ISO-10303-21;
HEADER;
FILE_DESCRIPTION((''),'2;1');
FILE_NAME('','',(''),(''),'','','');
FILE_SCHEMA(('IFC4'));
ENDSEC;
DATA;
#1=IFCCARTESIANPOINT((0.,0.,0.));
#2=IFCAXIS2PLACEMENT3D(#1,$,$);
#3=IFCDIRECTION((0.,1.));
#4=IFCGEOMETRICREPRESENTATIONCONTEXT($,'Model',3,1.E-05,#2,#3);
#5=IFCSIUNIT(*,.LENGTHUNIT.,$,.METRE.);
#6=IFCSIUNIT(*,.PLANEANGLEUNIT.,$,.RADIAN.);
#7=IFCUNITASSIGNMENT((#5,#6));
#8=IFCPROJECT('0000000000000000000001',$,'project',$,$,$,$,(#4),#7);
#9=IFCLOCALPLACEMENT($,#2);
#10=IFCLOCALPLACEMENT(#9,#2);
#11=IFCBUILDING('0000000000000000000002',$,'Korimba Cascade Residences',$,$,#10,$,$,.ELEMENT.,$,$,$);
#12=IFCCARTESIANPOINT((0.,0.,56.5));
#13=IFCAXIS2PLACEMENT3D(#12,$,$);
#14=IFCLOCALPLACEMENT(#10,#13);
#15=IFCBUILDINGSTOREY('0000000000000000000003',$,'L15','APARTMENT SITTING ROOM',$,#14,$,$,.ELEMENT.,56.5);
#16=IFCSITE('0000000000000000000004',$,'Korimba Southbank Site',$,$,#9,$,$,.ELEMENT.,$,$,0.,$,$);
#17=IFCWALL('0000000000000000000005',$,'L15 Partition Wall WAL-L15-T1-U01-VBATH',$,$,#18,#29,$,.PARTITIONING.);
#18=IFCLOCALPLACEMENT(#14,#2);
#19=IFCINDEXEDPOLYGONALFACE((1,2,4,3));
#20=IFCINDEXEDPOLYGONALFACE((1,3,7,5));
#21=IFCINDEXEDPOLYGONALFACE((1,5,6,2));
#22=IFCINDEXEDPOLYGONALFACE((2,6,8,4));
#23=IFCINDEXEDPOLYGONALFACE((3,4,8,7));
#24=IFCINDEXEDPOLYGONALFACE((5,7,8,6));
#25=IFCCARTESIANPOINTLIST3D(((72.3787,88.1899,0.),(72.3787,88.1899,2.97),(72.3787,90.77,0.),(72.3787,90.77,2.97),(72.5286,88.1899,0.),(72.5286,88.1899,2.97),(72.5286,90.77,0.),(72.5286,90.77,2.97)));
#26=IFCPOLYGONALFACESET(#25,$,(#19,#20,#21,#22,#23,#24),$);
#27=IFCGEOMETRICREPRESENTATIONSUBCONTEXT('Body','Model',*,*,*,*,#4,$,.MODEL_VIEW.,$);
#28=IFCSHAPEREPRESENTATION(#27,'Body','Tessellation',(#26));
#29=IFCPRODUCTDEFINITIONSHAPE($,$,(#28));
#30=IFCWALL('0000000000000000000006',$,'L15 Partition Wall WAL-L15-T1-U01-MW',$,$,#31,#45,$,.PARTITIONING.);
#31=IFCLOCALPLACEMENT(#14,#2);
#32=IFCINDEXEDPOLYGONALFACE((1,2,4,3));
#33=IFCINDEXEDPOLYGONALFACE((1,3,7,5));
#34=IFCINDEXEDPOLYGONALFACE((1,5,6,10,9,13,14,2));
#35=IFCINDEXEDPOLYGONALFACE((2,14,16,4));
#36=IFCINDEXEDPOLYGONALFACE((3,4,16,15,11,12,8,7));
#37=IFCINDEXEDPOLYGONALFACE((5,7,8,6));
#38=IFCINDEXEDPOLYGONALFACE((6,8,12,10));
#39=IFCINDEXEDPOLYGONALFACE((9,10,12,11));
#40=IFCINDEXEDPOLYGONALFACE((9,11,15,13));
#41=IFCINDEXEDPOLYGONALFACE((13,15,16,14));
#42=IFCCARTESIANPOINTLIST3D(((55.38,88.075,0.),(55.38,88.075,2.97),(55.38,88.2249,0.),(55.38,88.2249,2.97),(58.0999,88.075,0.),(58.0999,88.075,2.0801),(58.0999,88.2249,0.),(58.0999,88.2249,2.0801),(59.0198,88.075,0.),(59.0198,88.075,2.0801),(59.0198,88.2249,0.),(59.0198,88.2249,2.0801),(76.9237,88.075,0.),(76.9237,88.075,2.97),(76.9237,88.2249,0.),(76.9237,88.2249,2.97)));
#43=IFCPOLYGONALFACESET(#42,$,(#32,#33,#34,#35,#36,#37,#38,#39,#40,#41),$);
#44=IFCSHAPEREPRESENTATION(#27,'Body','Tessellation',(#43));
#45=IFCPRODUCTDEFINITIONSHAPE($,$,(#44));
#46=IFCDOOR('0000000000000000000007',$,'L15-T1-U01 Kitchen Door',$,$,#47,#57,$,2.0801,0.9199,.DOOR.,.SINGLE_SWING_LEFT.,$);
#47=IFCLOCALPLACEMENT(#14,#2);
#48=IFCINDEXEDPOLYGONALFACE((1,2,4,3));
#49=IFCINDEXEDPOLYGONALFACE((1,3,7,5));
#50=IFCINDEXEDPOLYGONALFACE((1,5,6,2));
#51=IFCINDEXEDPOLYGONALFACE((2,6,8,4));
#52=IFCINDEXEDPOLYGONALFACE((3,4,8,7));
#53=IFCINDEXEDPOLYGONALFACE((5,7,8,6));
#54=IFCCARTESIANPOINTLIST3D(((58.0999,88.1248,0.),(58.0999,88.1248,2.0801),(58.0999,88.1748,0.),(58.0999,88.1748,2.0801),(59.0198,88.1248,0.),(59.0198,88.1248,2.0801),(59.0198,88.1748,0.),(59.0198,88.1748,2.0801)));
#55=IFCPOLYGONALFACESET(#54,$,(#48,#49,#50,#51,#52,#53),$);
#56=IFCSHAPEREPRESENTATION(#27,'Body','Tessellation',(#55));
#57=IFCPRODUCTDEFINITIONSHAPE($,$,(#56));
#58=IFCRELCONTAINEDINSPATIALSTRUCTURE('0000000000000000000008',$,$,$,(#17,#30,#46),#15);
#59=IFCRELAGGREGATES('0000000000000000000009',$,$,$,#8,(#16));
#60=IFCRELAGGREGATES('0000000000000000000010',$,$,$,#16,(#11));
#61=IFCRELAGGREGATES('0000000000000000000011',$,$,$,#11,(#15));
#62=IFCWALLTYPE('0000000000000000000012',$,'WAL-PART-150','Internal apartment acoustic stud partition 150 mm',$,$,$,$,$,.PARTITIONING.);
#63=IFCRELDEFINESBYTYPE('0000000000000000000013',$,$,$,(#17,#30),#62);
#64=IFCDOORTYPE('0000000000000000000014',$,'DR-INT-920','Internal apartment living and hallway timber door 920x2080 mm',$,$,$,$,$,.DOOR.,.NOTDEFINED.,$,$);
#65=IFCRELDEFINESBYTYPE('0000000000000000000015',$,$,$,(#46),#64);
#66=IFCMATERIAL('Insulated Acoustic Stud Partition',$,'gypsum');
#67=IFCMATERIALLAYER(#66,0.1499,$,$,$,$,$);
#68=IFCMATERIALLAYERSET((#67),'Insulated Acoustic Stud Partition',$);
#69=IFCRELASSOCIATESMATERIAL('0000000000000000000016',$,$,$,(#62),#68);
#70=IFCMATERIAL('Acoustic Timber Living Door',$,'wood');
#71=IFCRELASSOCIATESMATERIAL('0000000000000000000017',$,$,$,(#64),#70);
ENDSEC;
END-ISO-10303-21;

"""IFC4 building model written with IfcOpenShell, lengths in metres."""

from ifc_helpers import new_model, si_unit, direction, frame, frame_2d, origin, place, context, subcontext, project, spatial, rectangle, extrude, material, layer, layer_set, type_object, element, fill, save


model = new_model("IFC4")

# Units and contexts
model_context = context("Model", 3, precision=1e-05, world=origin(), true_north=direction((0.0, 1.0)))
body_context = subcontext(model_context, "Body", "Model", "MODEL_VIEW")
ifc_project = project(units=[si_unit("LENGTHUNIT", "METRE"), si_unit("PLANEANGLEUNIT", "RADIAN")], contexts=[model_context])

# Site, building, storey
site_placement = place(None, origin())
site = spatial("IfcSite", under=ifc_project, at=site_placement, Name="Korimba Southbank Site", CompositionType="ELEMENT", RefElevation=0.0)
building_placement = place(site_placement, origin())
building = spatial("IfcBuilding", under=site, at=building_placement, Name="Korimba Cascade Residences", CompositionType="ELEMENT")
storey_placement = place(building_placement, frame((0.0, 0.0, 56.5)))
storey = spatial("IfcBuildingStorey", under=building, at=storey_placement, Name="L15", Description="APARTMENT SITTING ROOM", CompositionType="ELEMENT", Elevation=56.5)

# Shared definitions
ifc_material_1 = material(Name="Insulated Acoustic Stud Partition", Category="gypsum")
ifc_layer_1 = layer(ifc_material_1, 0.1499)
ifc_layer_set_1 = layer_set([ifc_layer_1], Name="Insulated Acoustic Stud Partition")
wall_type_1 = type_object("IfcWallType", Name="WAL-PART-150", Description="Internal apartment acoustic stud partition 150 mm", PredefinedType="PARTITIONING", material=ifc_layer_set_1)

# Shared definitions
ifc_material_2 = material(Name="Acoustic Timber Living Door", Category="wood")
door_type_1 = type_object("IfcDoorType", Name="DR-INT-920", Description="Internal apartment living and hallway timber door 920x2080 mm", OperationType="NOTDEFINED", PredefinedType="DOOR", material=ifc_material_2)

# Wall
wall_1_placement = place(storey_placement, frame((72.4536, 88.1899, 0.0), z_axis=(0.0, 0.0, 1.0), x_axis=(0.0, 1.0, 0.0)))
element("IfcWall", 1, at=wall_1_placement, inside=storey, type_object=wall_type_1, Name="L15 Partition Wall WAL-L15-T1-U01-VBATH", PredefinedType="PARTITIONING", context=body_context, shape_type="SweptSolid", body=[
    extrude(rectangle(XDim=2.5801, YDim=0.1499, at=frame_2d((1.29, 0.0))), origin(), (0.0, 0.0, 1.0), 2.97),
])

# Wall, opening, door
wall_2_placement = place(storey_placement, frame((55.3799, 88.1499, 0.0), z_axis=(0.0, 0.0, 1.0), x_axis=(1.0, 0.0, 0.0)))
wall_2 = element("IfcWall", 2, at=wall_2_placement, inside=storey, type_object=wall_type_1, Name="L15 Partition Wall WAL-L15-T1-U01-MW", PredefinedType="PARTITIONING", context=body_context, shape_type="SweptSolid", body=[
    extrude(rectangle(XDim=21.5437, YDim=0.1499, at=frame_2d((10.772, 0.0))), origin(), (0.0, 0.0, 1.0), 2.97),
])
opening_1_placement = place(wall_2_placement, frame((2.72, 0.0, 0.0)))
opening_1 = element("IfcOpeningElement", 3, at=opening_1_placement, cuts=wall_2, PredefinedType="OPENING", context=body_context, shape_type="SweptSolid", body=[
    extrude(rectangle(XDim=0.9199, YDim=2.0801, at=frame_2d((0.46, 1.04))), frame((0.0, 0.085, 0.0), z_axis=(0.0, -1.0, 0.0), x_axis=(1.0, 0.0, 0.0)), (0.0, 0.0, 1.0), 0.1699),
])
door_1_placement = place(opening_1_placement, origin())
door_1 = element("IfcDoor", 4, at=door_1_placement, inside=storey, type_object=door_type_1, Name="L15-T1-U01 Kitchen Door", OperationType="SINGLE_SWING_LEFT", OverallHeight=2.0801, OverallWidth=0.9199, PredefinedType="DOOR", context=body_context, shape_type="SweptSolid", body=[
    extrude(rectangle(XDim=0.9199, YDim=2.0801, at=frame_2d((0.46, 1.04))), frame((0.0, 0.0249, 0.0), z_axis=(0.0, -1.0, 0.0), x_axis=(1.0, 0.0, 0.0)), (0.0, 0.0, 1.0), 0.05),
])
fill(opening_1, door_1)

save(model, "model.ifc")
